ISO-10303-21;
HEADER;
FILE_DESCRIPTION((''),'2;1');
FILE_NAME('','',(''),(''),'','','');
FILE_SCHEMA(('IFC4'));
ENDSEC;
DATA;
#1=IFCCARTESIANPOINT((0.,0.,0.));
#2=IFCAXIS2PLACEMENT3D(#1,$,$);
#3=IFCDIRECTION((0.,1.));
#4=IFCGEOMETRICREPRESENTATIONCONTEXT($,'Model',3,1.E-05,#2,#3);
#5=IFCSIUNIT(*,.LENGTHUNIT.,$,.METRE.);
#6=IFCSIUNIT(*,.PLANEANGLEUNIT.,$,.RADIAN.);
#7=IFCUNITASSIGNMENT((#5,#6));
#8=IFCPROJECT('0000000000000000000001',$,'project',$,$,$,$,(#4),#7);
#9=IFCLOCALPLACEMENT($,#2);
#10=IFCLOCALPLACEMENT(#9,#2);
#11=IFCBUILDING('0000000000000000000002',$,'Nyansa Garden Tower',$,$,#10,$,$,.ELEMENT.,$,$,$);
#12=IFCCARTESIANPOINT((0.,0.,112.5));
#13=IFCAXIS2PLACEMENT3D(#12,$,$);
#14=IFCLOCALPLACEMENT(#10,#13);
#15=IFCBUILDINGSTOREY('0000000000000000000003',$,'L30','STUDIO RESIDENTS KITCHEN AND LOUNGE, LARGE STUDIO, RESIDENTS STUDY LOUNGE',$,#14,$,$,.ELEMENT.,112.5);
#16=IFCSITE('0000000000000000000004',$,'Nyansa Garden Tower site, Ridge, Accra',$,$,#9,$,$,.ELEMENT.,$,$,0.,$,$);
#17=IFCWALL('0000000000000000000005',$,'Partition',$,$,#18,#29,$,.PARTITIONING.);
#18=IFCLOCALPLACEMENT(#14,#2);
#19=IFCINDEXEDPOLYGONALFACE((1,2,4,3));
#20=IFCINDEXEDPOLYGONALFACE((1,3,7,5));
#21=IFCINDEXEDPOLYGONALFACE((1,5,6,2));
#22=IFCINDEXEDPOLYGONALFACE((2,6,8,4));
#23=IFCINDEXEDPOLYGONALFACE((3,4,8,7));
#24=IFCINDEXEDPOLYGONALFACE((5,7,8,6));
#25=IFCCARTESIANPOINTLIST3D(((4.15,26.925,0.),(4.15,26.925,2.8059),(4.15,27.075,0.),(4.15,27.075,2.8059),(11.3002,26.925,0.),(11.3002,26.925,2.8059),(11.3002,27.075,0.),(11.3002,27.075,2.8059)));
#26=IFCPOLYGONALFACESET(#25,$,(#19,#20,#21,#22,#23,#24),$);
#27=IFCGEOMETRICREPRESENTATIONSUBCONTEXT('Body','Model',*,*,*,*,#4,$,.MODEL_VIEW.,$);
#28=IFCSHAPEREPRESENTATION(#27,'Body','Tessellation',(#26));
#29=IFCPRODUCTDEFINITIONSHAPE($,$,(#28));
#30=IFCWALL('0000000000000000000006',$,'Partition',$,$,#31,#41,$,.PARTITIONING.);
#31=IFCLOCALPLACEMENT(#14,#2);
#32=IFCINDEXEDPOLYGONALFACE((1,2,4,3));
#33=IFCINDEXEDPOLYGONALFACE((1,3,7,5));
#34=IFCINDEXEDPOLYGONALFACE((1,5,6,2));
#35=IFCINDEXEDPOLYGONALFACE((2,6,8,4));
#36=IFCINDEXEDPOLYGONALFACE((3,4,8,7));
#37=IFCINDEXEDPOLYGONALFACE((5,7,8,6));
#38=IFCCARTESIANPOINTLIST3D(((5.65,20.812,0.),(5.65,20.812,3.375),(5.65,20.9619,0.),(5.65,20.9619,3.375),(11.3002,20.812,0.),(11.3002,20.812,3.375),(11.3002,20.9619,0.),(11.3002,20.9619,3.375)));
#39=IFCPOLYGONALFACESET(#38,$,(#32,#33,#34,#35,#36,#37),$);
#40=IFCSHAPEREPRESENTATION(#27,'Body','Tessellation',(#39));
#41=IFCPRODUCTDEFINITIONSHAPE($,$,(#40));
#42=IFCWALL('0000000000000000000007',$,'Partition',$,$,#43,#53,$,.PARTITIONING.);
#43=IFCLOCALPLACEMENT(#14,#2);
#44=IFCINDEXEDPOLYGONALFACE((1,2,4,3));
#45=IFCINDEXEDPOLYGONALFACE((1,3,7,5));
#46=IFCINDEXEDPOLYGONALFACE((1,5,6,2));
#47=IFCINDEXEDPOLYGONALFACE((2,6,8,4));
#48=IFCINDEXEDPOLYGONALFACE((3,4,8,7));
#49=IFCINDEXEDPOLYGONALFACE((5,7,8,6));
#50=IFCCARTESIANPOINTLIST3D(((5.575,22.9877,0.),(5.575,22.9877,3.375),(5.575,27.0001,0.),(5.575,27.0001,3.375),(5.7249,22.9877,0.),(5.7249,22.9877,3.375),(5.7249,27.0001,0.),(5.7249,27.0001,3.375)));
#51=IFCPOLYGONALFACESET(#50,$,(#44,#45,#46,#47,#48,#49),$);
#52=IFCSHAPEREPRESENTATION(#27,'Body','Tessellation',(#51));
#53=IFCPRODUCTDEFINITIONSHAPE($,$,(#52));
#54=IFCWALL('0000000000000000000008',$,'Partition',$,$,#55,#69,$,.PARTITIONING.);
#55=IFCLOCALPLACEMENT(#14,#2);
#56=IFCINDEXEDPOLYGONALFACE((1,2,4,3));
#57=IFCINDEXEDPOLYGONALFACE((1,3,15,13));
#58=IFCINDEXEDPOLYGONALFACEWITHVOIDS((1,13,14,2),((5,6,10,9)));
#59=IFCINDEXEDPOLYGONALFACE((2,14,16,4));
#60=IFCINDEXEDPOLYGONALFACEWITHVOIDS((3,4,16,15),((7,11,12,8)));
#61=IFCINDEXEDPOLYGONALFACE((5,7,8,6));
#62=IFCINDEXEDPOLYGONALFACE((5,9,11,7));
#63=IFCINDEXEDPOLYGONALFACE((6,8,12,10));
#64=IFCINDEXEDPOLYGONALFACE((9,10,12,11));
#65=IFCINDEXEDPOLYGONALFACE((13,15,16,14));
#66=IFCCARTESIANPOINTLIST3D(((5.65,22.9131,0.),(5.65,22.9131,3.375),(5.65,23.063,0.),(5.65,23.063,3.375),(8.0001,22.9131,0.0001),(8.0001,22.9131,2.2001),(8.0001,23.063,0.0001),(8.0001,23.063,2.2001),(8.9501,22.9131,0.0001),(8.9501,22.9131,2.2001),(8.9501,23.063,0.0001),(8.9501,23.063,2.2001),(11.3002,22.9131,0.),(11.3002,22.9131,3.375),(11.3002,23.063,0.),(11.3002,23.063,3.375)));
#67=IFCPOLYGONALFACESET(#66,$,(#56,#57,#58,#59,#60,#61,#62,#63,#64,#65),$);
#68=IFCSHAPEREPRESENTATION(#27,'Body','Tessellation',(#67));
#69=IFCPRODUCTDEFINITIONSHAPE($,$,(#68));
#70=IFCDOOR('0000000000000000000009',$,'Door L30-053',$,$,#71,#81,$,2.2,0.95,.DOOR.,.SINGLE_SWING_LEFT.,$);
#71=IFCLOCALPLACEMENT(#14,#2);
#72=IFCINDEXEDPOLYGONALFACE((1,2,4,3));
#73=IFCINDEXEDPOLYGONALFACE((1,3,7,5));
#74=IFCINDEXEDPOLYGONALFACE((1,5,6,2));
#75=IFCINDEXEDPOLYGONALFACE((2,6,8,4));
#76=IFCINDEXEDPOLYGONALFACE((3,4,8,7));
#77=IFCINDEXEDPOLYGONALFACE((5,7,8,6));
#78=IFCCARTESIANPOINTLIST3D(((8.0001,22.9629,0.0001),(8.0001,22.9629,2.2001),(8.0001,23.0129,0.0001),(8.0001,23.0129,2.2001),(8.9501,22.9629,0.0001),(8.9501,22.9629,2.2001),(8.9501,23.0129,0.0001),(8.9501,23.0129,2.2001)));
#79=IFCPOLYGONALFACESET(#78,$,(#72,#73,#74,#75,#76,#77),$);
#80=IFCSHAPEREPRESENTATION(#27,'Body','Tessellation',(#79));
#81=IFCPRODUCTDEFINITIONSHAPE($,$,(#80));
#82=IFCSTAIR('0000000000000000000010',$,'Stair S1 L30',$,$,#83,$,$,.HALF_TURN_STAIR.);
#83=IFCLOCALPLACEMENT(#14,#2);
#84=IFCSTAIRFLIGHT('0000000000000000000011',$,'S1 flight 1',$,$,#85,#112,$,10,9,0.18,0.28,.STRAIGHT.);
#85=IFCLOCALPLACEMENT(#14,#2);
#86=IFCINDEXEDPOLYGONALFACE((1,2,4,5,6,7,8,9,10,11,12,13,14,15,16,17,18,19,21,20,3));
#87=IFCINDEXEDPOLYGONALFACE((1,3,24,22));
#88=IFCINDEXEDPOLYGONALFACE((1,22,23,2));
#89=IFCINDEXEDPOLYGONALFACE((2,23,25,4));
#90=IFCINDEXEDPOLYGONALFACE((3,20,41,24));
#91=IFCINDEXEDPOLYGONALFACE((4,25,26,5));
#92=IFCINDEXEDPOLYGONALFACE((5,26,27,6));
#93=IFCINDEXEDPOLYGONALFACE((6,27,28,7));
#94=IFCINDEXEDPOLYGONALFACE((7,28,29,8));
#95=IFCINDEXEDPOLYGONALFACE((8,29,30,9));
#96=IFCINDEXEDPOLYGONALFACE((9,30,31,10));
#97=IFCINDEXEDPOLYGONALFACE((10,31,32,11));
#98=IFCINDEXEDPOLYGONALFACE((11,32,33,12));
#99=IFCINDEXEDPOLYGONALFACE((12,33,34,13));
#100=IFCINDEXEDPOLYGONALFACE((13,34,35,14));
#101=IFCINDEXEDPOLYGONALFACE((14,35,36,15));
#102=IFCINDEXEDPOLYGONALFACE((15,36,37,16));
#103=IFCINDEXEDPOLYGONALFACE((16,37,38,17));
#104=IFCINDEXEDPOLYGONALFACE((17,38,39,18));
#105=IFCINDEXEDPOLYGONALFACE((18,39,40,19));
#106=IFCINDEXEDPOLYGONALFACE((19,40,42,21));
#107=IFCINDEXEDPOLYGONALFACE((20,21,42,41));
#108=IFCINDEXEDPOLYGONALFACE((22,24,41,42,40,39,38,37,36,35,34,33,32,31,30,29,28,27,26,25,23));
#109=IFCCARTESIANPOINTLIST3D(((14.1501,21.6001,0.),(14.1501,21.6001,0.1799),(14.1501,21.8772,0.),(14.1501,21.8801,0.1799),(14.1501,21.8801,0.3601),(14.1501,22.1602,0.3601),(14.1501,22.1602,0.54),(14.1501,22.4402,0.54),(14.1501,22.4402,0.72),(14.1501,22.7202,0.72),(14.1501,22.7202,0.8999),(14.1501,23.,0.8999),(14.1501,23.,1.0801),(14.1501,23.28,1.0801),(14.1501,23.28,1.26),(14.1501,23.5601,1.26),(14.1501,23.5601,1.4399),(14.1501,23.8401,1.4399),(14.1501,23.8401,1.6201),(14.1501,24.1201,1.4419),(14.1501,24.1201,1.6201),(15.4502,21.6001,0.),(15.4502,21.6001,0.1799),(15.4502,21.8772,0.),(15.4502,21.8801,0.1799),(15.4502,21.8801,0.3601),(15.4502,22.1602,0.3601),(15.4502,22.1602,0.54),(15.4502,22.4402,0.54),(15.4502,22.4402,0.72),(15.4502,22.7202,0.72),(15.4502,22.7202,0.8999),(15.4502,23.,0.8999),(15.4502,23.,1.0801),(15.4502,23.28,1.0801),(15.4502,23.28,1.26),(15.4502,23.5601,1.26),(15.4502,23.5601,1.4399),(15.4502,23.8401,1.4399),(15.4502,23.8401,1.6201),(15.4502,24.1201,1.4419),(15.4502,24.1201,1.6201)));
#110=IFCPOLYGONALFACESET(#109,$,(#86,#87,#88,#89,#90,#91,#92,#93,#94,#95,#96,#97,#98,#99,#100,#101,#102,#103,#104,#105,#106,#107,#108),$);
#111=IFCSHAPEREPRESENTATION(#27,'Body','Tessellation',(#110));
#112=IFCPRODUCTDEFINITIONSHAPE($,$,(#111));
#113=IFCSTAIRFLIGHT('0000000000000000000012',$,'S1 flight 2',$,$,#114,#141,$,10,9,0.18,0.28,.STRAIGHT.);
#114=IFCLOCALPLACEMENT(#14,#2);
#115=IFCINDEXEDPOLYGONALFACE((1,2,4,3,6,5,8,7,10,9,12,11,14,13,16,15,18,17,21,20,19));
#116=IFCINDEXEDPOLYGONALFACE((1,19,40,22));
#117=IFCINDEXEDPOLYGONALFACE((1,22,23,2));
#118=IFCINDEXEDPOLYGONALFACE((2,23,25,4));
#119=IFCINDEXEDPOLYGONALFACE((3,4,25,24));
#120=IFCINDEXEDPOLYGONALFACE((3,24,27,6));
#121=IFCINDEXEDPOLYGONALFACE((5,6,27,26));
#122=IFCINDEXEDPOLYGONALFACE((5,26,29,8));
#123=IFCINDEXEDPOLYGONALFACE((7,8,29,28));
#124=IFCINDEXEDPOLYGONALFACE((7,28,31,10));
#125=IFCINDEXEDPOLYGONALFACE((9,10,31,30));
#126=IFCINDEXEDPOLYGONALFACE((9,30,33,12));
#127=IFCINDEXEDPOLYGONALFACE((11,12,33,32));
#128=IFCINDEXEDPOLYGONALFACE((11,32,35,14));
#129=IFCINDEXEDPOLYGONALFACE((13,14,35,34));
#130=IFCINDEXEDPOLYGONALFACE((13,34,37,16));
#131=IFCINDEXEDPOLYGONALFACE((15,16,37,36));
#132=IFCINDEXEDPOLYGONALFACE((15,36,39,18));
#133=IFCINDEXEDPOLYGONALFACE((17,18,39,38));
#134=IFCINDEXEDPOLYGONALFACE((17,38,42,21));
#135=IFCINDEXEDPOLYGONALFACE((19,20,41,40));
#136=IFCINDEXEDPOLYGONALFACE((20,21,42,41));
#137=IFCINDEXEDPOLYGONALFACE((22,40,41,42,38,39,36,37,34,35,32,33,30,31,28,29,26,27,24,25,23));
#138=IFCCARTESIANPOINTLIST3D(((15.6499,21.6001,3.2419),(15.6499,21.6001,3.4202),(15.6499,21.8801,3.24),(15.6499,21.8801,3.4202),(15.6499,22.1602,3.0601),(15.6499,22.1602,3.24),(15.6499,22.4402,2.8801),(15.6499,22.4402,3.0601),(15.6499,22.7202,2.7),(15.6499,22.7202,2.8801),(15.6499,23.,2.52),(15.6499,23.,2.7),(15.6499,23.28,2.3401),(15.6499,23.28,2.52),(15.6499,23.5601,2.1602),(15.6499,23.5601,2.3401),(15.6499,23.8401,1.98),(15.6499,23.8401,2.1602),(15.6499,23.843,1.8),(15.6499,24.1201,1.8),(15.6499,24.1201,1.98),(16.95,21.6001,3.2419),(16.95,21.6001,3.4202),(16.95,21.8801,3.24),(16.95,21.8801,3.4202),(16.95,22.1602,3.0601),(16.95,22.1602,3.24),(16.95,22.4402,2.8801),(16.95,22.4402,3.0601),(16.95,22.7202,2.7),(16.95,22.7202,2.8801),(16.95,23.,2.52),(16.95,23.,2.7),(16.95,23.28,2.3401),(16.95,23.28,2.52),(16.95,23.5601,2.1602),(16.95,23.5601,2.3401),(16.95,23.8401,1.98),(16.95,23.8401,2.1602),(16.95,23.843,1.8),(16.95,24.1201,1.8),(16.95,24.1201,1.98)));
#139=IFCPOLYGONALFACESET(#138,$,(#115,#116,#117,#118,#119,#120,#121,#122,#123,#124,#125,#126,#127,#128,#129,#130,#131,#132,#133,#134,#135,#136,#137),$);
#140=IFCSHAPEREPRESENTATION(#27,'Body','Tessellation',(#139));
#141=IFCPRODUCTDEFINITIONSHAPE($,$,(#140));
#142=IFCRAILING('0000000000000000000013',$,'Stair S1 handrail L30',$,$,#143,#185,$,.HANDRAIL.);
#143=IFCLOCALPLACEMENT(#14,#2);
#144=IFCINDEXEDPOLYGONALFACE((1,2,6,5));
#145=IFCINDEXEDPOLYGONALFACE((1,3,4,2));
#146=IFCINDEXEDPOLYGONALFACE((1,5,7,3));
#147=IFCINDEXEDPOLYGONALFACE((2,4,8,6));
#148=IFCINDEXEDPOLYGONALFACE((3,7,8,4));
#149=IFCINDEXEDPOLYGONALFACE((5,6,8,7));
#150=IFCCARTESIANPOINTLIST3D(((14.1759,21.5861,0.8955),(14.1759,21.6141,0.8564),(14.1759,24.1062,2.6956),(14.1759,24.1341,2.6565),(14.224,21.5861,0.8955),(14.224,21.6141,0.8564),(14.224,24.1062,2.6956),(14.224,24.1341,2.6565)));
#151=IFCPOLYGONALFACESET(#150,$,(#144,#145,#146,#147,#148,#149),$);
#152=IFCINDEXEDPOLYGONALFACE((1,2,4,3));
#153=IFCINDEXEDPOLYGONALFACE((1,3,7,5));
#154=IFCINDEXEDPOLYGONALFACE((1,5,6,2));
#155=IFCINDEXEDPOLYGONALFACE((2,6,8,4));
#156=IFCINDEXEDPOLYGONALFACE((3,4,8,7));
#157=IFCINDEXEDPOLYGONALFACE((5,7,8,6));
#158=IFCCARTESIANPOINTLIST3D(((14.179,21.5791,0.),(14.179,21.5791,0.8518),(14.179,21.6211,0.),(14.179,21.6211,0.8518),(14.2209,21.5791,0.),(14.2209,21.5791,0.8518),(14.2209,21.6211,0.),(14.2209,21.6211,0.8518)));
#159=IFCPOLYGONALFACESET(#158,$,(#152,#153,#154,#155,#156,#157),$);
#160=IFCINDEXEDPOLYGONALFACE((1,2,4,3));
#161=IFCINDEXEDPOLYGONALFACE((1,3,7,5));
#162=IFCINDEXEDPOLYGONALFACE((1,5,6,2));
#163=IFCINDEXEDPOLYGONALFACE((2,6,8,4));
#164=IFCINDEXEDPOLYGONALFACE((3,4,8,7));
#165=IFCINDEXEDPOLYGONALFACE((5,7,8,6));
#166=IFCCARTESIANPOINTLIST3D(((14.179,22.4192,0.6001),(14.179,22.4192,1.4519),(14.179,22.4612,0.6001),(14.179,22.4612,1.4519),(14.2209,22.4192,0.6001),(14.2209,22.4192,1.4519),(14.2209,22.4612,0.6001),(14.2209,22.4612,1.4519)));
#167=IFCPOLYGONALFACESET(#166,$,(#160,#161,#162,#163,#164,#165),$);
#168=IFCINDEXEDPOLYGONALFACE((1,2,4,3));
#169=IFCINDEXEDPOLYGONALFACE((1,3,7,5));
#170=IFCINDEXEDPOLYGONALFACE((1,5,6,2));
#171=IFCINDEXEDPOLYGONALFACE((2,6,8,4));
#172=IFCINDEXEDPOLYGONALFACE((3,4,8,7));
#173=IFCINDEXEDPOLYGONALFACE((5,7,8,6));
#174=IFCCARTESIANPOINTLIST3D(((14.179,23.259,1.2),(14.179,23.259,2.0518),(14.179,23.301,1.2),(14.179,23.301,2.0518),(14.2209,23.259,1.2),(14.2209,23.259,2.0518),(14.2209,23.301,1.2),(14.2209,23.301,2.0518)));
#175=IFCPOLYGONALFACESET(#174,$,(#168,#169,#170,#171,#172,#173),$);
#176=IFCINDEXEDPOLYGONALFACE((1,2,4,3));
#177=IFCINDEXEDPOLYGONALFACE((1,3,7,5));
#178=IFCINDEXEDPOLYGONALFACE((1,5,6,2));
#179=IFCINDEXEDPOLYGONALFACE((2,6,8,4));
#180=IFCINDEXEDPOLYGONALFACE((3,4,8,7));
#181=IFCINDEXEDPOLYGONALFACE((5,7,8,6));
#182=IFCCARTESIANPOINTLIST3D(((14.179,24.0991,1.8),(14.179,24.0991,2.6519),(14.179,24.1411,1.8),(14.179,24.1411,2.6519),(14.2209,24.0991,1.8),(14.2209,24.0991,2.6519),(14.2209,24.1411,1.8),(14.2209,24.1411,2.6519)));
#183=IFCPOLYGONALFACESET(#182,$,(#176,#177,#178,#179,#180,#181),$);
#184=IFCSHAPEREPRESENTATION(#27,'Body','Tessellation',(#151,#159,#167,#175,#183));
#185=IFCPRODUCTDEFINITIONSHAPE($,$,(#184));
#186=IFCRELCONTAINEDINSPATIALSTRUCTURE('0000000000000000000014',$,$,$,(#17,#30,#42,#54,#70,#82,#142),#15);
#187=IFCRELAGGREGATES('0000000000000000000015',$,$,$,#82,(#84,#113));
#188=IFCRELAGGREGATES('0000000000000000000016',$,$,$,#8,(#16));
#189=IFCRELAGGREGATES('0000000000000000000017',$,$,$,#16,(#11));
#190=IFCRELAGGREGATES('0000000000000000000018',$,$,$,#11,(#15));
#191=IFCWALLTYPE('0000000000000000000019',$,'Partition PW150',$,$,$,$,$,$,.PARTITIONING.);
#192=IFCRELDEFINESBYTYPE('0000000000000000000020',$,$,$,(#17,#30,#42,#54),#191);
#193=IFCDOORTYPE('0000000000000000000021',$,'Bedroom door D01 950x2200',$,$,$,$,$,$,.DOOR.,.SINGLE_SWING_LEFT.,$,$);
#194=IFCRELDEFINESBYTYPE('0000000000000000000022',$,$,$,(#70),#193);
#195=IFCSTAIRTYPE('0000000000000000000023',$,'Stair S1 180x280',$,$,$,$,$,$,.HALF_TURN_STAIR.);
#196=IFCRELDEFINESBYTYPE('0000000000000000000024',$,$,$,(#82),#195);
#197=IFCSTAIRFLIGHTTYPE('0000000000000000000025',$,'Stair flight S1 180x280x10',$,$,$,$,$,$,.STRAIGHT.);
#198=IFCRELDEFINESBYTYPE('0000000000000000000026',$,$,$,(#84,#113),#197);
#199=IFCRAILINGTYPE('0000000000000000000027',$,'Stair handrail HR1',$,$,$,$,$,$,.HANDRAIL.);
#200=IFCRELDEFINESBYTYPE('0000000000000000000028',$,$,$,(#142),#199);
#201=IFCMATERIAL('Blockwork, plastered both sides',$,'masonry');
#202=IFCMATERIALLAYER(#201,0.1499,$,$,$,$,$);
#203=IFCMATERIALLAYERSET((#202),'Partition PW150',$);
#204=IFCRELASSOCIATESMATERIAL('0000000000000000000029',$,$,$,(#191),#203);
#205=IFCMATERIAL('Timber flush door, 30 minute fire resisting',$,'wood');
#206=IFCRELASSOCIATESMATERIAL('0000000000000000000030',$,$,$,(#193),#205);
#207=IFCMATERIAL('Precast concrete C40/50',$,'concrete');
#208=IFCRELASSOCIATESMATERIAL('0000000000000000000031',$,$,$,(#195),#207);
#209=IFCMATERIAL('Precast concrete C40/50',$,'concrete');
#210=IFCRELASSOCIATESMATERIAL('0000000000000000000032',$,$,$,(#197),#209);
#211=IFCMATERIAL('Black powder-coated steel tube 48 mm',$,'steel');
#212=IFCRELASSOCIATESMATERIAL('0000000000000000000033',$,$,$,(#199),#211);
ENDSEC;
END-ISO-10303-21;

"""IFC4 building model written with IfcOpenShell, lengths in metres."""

from ifc_helpers import new_model, si_unit, direction, frame, frame_2d, origin, origin_2d, place, context, subcontext, project, spatial, polyline, rectangle, outline, extrude, material, layer, layer_set, type_object, element, fill, aggregate, save


model = new_model("IFC4")

# Units and contexts
model_context = context("Model", 3, precision=1e-05, world=origin(), true_north=direction((0.0, 1.0)))
body_context = subcontext(model_context, "Body", "Model", "MODEL_VIEW")
ifc_project = project(units=[si_unit("LENGTHUNIT", "METRE"), si_unit("PLANEANGLEUNIT", "RADIAN")], contexts=[model_context])

# Site, building, storey
site_placement = place(None, origin())
site = spatial("IfcSite", under=ifc_project, at=site_placement, Name="Nyansa Garden Tower site, Ridge, Accra", CompositionType="ELEMENT", RefElevation=0.0)
building_placement = place(site_placement, origin())
building = spatial("IfcBuilding", under=site, at=building_placement, Name="Nyansa Garden Tower", CompositionType="ELEMENT")
storey_placement = place(building_placement, frame((0.0, 0.0, 112.5)))
storey = spatial("IfcBuildingStorey", under=building, at=storey_placement, Name="L30", Description="STUDIO RESIDENTS KITCHEN AND LOUNGE, LARGE STUDIO, RESIDENTS STUDY LOUNGE", CompositionType="ELEMENT", Elevation=112.5)

# Shared definitions
ifc_material_1 = material(Name="Blockwork, plastered both sides", Category="masonry")
ifc_layer_1 = layer(ifc_material_1, 0.1499)
ifc_layer_set_1 = layer_set([ifc_layer_1], Name="Partition PW150")
wall_type_1 = type_object("IfcWallType", Name="Partition PW150", PredefinedType="PARTITIONING", material=ifc_layer_set_1)

# Walls
wall_1_placement = place(storey_placement, frame((4.1499, 27.0, 0.0), z_axis=(0.0, 0.0, 1.0), x_axis=(1.0, 0.0, 0.0)))
element("IfcWall", 1, at=wall_1_placement, inside=storey, type_object=wall_type_1, Name="Partition", PredefinedType="PARTITIONING", context=body_context, shape_type="SweptSolid", body=[
    extrude(rectangle(XDim=7.1501, YDim=0.1499, at=frame_2d((3.5752, 0.0))), origin(), (0.0, 0.0, 1.0), 2.8059),
])
wall_2_placement = place(storey_placement, frame((5.6499, 20.887, 0.0), z_axis=(0.0, 0.0, 1.0), x_axis=(1.0, 0.0, 0.0)))
element("IfcWall", 2, at=wall_2_placement, inside=storey, type_object=wall_type_1, Name="Partition", PredefinedType="PARTITIONING", context=body_context, shape_type="SweptSolid", body=[
    extrude(rectangle(XDim=5.6501, YDim=0.1499, at=frame_2d((2.8252, 0.0))), origin(), (0.0, 0.0, 1.0), 3.375),
])
wall_3_placement = place(storey_placement, frame((5.6499, 22.9875, 0.0), z_axis=(0.0, 0.0, 1.0), x_axis=(0.0, 1.0, 0.0)))
element("IfcWall", 3, at=wall_3_placement, inside=storey, type_object=wall_type_1, Name="Partition", PredefinedType="PARTITIONING", context=body_context, shape_type="SweptSolid", body=[
    extrude(rectangle(XDim=4.0125, YDim=0.1499, at=frame_2d((2.0063, 0.0))), origin(), (0.0, 0.0, 1.0), 3.375),
])

# Wall, opening, door
wall_4_placement = place(storey_placement, frame((5.6499, 22.988, 0.0), z_axis=(0.0, 0.0, 1.0), x_axis=(1.0, 0.0, 0.0)))
wall_4 = element("IfcWall", 4, at=wall_4_placement, inside=storey, type_object=wall_type_1, Name="Partition", PredefinedType="PARTITIONING", context=body_context, shape_type="SweptSolid", body=[
    extrude(rectangle(XDim=5.6501, YDim=0.1499, at=frame_2d((2.8252, 0.0))), origin(), (0.0, 0.0, 1.0), 3.375),
])
opening_1_placement = place(wall_4_placement, frame((2.3501, 0.0, 0.0)))
opening_1 = element("IfcOpeningElement", 5, at=opening_1_placement, cuts=wall_4, PredefinedType="OPENING", context=body_context, shape_type="SweptSolid", body=[
    extrude(rectangle(XDim=0.95, YDim=2.2, at=frame_2d((0.4751, 1.1001))), frame((0.0, 0.085, 0.0), z_axis=(0.0, -1.0, 0.0), x_axis=(1.0, 0.0, 0.0)), (0.0, 0.0, 1.0), 0.1699),
])
ifc_material_2 = material(Name="Timber flush door, 30 minute fire resisting", Category="wood")
door_type_1 = type_object("IfcDoorType", Name="Bedroom door D01 950x2200", OperationType="SINGLE_SWING_LEFT", PredefinedType="DOOR", material=ifc_material_2)
door_1_placement = place(opening_1_placement, origin())
door_1 = element("IfcDoor", 6, at=door_1_placement, inside=storey, type_object=door_type_1, Name="Door L30-053", OperationType="SINGLE_SWING_LEFT", OverallHeight=2.2, OverallWidth=0.95, PredefinedType="DOOR", context=body_context, shape_type="SweptSolid", body=[
    extrude(rectangle(XDim=0.95, YDim=2.2, at=frame_2d((0.4751, 1.1001))), frame((0.0, 0.0249, 0.0), z_axis=(0.0, -1.0, 0.0), x_axis=(1.0, 0.0, 0.0)), (0.0, 0.0, 1.0), 0.05),
])
fill(opening_1, door_1)

# Stair, stair flights
ifc_material_3 = material(Name="Precast concrete C40/50", Category="concrete")
stair_type = type_object("IfcStairType", Name="Stair S1 180x280", PredefinedType="HALF_TURN_STAIR", material=ifc_material_3)
stair_placement = place(storey_placement, origin())
stair = element("IfcStair", 7, at=stair_placement, inside=storey, type_object=stair_type, Name="Stair S1 L30", PredefinedType="HALF_TURN_STAIR")
ifc_material_4 = material(Name="Precast concrete C40/50", Category="concrete")
stair_flight_type = type_object("IfcStairFlightType", Name="Stair flight S1 180x280x10", PredefinedType="STRAIGHT", material=ifc_material_4)
stair_flight_1_placement = place(storey_placement, frame((14.8, 21.6001, 0.0), z_axis=(0.0, 0.0, 1.0), x_axis=(0.0, 1.0, 0.0)))
stair_flight_1 = element("IfcStairFlight", 8, at=stair_flight_1_placement, type_object=stair_flight_type, Name="S1 flight 1", NumberOfRisers=10, NumberOfTreads=9, PredefinedType="STRAIGHT", RiserHeight=0.18, TreadLength=0.28, context=body_context, shape_type="SweptSolid", body=[
    extrude(outline(polyline([(0.0, 0.0), (0.0, 0.1799), (0.28, 0.1799), (0.28, 0.3601), (0.5601, 0.3601), (0.5601, 0.54), (0.8401, 0.54), (0.8401, 0.72), (1.1201, 0.72), (1.1201, 0.8999), (1.3999, 0.8999), (1.3999, 1.0801), (1.6799, 1.0801), (1.6799, 1.26), (1.96, 1.26), (1.96, 1.4399), (2.24, 1.4399), (2.24, 1.6201), (2.52, 1.6201), (2.52, 1.8), (2.52, 1.4419), (0.2771, 0.0), (0.0, 0.0)])), frame((0.0, 0.6499, 0.0), z_axis=(0.0, -1.0, 0.0), x_axis=(1.0, 0.0, 0.0)), (0.0, 0.0, 1.0), 1.3),
])
stair_flight_2_placement = place(storey_placement, frame((16.3, 24.1201, 1.8), z_axis=(0.0, 0.0, 1.0), x_axis=(0.0, -1.0, 0.0)))
stair_flight_2 = element("IfcStairFlight", 9, at=stair_flight_2_placement, type_object=stair_flight_type, Name="S1 flight 2", NumberOfRisers=10, NumberOfTreads=9, PredefinedType="STRAIGHT", RiserHeight=0.18, TreadLength=0.28, context=body_context, shape_type="SweptSolid", body=[
    extrude(outline(polyline([(0.0, 0.0), (0.0, 0.1799), (0.28, 0.1799), (0.28, 0.3601), (0.5601, 0.3601), (0.5601, 0.54), (0.8401, 0.54), (0.8401, 0.72), (1.1201, 0.72), (1.1201, 0.8999), (1.3999, 0.8999), (1.3999, 1.0801), (1.6799, 1.0801), (1.6799, 1.26), (1.96, 1.26), (1.96, 1.4399), (2.24, 1.4399), (2.24, 1.6201), (2.52, 1.6201), (2.52, 1.8), (2.52, 1.4419), (0.2771, 0.0), (0.0, 0.0)])), frame((0.0, 0.6499, 0.0), z_axis=(0.0, -1.0, 0.0), x_axis=(1.0, 0.0, 0.0)), (0.0, 0.0, 1.0), 1.3),
])
aggregate(stair, [stair_flight_1, stair_flight_2])

# Railing
ifc_material_5 = material(Name="Black powder-coated steel tube 48 mm", Category="steel")
railing_type = type_object("IfcRailingType", Name="Stair handrail HR1", PredefinedType="HANDRAIL", material=ifc_material_5)
railing_1_placement = place(storey_placement, frame((14.2, 21.6001, 0.0)))
element("IfcRailing", 10, at=railing_1_placement, inside=storey, type_object=railing_type, Name="Stair S1 handrail L30", PredefinedType="HANDRAIL", context=body_context, shape_type="SweptSolid", body=[
    extrude(rectangle(XDim=0.0481, YDim=0.0481, at=origin_2d()), frame((0.0, 0.0, 0.876), z_axis=(0.0, 0.813728, 0.581246), x_axis=(-1.0, 0.0, 0.0)), (0.0, 0.0, 1.0), 3.0969),
    extrude(rectangle(XDim=0.042, YDim=0.042, at=origin_2d()), origin(), (0.0, 0.0, 1.0), 0.8518),
    extrude(rectangle(XDim=0.042, YDim=0.042, at=origin_2d()), frame((0.0, 0.8401, 0.6001)), (0.0, 0.0, 1.0), 0.8518),
    extrude(rectangle(XDim=0.042, YDim=0.042, at=origin_2d()), frame((0.0, 1.6799, 1.2)), (0.0, 0.0, 1.0), 0.8518),
    extrude(rectangle(XDim=0.042, YDim=0.042, at=origin_2d()), frame((0.0, 2.52, 1.8)), (0.0, 0.0, 1.0), 0.8518),
])

save(model, "model.ifc")
